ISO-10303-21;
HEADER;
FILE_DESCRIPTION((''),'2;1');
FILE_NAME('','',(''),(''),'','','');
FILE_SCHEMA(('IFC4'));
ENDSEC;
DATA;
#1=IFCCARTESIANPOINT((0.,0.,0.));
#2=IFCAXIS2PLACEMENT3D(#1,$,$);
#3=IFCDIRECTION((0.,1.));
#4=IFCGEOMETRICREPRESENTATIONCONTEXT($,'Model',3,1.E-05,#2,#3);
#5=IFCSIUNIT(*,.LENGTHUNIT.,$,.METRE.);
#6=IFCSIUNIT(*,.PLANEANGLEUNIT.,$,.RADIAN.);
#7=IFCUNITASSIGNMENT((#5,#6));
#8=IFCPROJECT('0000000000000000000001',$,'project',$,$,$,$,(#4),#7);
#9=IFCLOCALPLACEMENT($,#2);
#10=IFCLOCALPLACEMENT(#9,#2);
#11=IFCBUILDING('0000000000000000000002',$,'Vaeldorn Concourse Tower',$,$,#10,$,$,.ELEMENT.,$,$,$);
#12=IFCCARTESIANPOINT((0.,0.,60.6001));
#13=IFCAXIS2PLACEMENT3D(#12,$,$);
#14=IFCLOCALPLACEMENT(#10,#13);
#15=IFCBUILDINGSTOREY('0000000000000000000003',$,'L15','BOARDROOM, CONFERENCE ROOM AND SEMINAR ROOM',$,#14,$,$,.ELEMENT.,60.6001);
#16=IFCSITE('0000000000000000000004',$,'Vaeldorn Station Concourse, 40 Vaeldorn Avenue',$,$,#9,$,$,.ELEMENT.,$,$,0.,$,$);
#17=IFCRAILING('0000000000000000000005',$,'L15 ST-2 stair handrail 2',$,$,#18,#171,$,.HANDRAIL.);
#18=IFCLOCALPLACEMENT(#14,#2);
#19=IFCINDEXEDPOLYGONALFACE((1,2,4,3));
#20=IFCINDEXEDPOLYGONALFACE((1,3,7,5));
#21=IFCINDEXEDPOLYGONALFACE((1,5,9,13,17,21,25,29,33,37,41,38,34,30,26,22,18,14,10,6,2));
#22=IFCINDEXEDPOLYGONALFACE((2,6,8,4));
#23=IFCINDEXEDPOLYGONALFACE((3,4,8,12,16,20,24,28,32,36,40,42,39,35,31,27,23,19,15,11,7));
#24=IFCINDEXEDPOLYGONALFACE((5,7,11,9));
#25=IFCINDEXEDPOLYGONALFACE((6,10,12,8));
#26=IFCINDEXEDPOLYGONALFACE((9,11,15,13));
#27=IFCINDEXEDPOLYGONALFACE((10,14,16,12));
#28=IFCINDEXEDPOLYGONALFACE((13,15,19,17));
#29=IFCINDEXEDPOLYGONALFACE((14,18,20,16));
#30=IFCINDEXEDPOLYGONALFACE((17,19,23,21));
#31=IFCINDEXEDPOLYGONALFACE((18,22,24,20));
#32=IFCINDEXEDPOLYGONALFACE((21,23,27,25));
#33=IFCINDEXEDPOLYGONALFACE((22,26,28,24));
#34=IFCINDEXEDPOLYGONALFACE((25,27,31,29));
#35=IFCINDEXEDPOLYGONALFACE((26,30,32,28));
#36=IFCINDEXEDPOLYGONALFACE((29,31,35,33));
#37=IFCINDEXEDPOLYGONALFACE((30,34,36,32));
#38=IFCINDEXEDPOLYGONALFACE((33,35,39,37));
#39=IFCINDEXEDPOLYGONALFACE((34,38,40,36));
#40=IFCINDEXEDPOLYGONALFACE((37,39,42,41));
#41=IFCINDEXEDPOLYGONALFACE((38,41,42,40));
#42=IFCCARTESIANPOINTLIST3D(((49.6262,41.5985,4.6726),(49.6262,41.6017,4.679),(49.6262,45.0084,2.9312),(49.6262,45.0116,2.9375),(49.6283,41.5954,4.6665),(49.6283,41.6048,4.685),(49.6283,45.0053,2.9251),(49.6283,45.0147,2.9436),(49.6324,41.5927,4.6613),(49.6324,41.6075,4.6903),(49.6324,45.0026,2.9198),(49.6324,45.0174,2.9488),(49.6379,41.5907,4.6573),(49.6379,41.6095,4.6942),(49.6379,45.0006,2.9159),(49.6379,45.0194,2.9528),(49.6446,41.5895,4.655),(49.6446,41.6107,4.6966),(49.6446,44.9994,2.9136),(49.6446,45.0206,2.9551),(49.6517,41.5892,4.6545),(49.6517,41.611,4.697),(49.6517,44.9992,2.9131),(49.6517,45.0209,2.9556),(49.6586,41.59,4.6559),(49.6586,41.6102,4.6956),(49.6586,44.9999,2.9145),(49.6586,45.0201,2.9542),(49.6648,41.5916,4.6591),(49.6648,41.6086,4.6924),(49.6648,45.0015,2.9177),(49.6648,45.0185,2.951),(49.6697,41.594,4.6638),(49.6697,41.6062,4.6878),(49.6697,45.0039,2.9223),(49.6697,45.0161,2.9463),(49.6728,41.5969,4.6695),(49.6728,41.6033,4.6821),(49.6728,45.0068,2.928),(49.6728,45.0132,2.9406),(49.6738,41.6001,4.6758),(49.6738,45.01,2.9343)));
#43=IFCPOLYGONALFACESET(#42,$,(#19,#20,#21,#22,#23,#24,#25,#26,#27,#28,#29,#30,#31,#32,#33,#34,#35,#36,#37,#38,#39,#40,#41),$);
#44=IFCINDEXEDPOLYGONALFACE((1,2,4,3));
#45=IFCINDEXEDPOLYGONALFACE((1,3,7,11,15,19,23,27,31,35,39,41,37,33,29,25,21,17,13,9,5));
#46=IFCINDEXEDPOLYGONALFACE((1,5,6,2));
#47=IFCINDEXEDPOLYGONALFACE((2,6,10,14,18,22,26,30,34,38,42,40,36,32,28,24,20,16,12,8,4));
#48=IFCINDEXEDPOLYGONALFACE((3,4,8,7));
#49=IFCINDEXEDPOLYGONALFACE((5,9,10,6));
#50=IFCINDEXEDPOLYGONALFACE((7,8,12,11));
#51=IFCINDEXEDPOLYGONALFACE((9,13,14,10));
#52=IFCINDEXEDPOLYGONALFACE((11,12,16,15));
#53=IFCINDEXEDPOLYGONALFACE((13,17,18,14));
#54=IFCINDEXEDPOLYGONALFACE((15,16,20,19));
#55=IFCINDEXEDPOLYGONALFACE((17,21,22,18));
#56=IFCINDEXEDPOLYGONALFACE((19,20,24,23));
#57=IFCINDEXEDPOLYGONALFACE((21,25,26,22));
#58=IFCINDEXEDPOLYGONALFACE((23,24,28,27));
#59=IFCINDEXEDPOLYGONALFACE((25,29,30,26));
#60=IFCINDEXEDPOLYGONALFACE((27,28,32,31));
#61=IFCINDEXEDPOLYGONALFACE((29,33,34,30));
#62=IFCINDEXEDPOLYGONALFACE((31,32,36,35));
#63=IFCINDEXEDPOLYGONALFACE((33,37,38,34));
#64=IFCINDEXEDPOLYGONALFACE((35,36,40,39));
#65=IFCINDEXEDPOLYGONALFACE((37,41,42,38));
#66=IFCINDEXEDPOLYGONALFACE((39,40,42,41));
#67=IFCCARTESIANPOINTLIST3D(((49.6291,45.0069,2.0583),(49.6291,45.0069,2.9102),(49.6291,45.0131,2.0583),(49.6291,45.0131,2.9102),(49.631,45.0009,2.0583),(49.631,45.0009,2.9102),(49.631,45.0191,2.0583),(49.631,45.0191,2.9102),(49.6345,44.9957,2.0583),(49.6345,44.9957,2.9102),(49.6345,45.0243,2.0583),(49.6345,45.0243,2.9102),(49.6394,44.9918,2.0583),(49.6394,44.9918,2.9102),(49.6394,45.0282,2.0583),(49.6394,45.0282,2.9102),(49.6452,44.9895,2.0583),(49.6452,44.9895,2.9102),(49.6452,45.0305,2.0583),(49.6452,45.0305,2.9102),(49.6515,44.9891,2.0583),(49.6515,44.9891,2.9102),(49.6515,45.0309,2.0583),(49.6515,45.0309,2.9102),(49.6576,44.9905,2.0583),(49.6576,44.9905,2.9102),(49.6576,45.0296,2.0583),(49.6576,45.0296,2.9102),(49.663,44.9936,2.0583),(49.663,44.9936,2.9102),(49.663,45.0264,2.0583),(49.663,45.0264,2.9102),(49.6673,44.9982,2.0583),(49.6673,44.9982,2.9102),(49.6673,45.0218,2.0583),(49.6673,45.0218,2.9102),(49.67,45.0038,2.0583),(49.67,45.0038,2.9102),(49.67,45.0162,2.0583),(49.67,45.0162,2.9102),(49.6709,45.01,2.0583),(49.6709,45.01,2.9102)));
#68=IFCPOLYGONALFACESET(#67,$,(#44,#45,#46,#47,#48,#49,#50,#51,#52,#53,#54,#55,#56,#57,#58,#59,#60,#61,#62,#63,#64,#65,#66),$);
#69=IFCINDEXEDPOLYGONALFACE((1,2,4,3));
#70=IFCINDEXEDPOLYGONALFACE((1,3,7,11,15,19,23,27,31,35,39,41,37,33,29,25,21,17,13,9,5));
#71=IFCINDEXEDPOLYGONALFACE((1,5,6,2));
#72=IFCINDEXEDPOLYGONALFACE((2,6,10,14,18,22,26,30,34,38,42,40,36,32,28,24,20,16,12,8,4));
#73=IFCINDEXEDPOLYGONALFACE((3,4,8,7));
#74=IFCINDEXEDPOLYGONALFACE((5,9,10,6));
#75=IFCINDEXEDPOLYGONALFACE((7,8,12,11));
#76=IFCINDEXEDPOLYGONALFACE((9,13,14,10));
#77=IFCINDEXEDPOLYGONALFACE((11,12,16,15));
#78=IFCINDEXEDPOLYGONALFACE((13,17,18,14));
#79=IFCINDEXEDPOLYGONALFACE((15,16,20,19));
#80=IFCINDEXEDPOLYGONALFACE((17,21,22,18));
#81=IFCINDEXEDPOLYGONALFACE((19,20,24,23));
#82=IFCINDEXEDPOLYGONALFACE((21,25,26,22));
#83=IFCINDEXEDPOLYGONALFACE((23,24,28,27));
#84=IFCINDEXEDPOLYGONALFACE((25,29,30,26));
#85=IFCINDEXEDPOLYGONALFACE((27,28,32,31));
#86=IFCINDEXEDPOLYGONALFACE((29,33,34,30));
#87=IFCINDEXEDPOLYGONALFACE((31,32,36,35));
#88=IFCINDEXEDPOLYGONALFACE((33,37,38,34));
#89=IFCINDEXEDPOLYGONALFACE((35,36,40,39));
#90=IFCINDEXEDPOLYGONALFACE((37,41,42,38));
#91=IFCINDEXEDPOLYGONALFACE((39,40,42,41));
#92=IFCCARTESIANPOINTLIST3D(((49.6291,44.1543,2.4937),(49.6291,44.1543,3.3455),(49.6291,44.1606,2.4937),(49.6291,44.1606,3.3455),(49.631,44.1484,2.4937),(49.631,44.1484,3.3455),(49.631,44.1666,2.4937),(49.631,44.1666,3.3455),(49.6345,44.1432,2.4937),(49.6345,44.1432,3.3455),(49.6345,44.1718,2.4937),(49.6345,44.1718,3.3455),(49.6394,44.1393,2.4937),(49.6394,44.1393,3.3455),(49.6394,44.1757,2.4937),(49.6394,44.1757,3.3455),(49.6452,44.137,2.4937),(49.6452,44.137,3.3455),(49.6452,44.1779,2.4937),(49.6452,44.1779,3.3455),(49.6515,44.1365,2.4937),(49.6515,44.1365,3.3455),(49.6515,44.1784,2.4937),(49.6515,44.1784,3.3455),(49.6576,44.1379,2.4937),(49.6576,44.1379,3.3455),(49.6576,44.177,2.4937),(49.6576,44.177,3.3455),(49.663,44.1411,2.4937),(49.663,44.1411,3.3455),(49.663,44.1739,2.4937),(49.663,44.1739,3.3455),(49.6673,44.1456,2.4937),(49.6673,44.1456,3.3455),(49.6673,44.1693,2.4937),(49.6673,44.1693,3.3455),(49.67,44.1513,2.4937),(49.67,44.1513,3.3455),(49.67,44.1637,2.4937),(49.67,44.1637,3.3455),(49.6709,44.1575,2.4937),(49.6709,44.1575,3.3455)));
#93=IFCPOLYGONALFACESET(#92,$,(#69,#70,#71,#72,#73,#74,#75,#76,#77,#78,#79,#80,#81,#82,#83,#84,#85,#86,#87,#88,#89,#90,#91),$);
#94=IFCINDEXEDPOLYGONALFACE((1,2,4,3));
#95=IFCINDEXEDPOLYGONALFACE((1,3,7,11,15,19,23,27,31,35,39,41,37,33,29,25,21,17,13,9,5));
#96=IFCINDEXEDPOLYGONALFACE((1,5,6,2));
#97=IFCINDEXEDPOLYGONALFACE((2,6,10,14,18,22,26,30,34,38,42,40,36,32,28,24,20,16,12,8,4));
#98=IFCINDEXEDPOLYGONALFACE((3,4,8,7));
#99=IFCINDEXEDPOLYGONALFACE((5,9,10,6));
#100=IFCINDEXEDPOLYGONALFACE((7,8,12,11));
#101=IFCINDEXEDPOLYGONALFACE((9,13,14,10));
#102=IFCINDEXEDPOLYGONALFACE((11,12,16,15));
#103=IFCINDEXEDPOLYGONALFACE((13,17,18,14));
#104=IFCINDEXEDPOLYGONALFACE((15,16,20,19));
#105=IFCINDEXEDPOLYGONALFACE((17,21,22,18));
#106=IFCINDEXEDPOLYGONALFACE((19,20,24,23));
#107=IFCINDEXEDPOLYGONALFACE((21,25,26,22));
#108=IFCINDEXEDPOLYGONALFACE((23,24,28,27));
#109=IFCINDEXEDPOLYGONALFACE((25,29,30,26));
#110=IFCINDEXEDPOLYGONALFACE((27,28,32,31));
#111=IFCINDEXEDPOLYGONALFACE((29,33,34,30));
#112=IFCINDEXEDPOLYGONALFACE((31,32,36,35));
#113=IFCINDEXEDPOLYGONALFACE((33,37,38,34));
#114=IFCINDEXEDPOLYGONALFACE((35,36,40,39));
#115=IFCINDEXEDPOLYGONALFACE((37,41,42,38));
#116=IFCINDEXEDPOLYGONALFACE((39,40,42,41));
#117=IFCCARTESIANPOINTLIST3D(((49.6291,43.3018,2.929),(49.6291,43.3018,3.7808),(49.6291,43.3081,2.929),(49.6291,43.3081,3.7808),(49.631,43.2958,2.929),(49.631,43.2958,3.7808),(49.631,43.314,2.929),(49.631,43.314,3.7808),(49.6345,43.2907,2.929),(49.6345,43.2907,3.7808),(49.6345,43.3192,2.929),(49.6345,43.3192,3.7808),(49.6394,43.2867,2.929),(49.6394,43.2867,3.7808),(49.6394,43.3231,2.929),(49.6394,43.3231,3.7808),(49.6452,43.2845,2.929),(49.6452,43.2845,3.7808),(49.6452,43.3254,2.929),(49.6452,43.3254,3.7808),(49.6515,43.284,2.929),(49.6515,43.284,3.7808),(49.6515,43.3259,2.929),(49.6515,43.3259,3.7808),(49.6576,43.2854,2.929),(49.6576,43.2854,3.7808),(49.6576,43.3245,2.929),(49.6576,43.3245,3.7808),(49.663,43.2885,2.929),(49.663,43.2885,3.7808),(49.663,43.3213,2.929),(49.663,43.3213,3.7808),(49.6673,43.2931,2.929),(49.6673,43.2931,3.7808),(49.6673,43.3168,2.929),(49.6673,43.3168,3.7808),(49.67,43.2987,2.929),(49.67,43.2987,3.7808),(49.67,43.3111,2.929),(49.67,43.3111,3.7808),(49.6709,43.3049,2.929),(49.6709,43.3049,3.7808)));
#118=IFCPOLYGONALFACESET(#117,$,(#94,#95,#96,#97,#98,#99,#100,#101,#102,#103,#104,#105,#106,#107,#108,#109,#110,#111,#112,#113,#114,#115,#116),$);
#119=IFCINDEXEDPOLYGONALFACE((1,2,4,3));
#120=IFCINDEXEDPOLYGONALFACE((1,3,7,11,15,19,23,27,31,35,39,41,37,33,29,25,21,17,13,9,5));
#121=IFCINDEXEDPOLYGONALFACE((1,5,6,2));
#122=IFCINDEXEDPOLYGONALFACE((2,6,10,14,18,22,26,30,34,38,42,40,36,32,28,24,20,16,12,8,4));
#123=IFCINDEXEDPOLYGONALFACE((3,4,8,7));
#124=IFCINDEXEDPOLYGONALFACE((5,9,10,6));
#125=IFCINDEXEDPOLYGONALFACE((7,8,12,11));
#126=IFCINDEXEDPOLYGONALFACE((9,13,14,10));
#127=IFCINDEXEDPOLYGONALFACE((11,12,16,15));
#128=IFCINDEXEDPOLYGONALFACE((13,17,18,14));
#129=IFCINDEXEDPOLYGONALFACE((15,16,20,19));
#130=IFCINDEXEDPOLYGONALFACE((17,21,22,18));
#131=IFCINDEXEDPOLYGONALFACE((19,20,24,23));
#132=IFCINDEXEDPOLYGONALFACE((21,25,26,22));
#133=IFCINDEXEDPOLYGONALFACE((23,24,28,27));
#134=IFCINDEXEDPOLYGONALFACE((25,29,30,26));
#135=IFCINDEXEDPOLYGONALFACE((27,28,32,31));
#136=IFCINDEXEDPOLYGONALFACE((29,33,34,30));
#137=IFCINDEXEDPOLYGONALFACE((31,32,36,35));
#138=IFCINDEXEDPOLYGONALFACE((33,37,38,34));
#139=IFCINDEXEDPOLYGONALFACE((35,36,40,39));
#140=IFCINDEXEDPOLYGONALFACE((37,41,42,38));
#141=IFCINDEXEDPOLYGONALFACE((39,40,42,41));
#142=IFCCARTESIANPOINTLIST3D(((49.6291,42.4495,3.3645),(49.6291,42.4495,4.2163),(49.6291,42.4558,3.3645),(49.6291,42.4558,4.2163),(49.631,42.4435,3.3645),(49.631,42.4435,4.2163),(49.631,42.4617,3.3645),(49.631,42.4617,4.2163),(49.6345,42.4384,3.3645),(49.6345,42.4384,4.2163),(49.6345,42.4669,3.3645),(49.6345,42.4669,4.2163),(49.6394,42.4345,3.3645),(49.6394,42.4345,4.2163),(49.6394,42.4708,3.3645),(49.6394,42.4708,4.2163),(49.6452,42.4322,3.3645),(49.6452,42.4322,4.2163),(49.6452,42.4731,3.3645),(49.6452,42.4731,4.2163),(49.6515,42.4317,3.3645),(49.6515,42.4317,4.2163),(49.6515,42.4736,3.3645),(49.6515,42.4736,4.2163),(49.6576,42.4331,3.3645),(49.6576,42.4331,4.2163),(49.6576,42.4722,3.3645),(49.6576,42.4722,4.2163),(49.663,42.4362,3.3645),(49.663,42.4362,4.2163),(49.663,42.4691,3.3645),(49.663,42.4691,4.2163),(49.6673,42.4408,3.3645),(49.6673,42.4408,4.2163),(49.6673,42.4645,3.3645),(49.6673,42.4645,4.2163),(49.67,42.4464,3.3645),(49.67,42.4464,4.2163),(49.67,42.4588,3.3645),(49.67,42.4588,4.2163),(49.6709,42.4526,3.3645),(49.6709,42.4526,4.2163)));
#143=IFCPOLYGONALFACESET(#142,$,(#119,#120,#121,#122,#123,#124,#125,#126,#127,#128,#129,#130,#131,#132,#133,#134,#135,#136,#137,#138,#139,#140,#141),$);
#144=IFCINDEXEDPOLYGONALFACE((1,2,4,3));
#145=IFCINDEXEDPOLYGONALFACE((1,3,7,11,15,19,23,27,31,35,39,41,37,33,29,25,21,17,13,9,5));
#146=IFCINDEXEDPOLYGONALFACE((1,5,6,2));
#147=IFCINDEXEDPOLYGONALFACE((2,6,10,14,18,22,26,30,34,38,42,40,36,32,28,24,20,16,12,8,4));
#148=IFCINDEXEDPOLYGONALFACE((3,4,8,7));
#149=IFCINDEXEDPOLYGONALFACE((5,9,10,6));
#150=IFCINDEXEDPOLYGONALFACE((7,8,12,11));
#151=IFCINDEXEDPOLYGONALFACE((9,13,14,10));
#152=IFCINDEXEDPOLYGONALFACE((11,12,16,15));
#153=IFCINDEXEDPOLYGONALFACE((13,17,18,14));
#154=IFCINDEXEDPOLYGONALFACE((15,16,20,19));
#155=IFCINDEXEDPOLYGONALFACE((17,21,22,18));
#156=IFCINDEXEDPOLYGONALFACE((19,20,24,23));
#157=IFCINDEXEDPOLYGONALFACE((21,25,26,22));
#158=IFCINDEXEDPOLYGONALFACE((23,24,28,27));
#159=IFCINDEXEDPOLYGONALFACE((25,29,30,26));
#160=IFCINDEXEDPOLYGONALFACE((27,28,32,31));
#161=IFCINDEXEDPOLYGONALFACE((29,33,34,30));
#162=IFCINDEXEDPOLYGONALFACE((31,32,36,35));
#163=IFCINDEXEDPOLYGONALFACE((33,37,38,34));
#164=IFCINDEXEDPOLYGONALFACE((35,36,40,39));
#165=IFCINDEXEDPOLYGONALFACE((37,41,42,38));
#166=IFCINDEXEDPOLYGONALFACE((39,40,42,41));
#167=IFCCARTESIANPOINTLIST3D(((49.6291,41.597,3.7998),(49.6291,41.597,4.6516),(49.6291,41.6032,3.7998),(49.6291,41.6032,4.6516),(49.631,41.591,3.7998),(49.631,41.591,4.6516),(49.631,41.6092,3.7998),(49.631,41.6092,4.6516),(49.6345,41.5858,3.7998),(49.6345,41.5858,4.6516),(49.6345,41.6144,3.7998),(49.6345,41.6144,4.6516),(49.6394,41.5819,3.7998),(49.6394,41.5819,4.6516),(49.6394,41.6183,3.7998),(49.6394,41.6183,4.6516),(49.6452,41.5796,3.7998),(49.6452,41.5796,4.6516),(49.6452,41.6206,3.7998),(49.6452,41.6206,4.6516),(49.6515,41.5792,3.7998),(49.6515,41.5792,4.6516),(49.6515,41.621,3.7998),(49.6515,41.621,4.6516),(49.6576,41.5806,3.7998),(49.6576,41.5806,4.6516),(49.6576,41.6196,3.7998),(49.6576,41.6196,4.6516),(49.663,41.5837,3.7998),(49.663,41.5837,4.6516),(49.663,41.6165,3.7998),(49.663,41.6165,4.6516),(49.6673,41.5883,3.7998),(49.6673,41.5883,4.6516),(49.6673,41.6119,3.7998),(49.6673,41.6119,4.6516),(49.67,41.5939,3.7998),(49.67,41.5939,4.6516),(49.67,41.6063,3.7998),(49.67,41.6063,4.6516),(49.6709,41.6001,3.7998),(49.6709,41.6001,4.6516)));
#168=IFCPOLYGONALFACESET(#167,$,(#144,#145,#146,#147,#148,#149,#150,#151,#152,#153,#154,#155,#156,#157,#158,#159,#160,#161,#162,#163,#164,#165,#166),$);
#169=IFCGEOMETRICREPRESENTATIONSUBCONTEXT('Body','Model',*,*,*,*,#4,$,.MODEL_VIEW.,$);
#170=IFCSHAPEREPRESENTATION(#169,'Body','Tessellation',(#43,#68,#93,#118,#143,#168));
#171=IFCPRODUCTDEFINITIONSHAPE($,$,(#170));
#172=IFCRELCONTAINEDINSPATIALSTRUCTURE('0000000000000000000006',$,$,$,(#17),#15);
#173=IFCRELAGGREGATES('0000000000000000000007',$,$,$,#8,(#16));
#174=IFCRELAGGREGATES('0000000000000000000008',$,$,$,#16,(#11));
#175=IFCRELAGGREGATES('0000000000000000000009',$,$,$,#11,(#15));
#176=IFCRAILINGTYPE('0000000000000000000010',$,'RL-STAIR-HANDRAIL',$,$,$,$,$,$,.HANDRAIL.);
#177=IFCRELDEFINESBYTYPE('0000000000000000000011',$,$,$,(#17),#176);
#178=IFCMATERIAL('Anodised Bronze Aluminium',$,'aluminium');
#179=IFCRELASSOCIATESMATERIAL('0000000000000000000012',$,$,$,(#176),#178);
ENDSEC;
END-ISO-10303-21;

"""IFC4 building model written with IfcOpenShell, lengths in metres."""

from ifc_helpers import new_model, si_unit, direction, frame, origin, origin_2d, place, context, subcontext, project, spatial, circle, extrude, material, type_object, element, save


model = new_model("IFC4")

# Units and contexts
model_context = context("Model", 3, precision=1e-05, world=origin(), true_north=direction((0.0, 1.0)))
body_context = subcontext(model_context, "Body", "Model", "MODEL_VIEW")
ifc_project = project(units=[si_unit("LENGTHUNIT", "METRE"), si_unit("PLANEANGLEUNIT", "RADIAN")], contexts=[model_context])

# Site, building, storey
site_placement = place(None, origin())
site = spatial("IfcSite", under=ifc_project, at=site_placement, Name="Vaeldorn Station Concourse, 40 Vaeldorn Avenue", CompositionType="ELEMENT", RefElevation=0.0)
building_placement = place(site_placement, origin())
building = spatial("IfcBuilding", under=site, at=building_placement, Name="Vaeldorn Concourse Tower", CompositionType="ELEMENT")
storey_placement = place(building_placement, frame((0.0, 0.0, 60.6001)))
storey = spatial("IfcBuildingStorey", under=building, at=storey_placement, Name="L15", Description="BOARDROOM, CONFERENCE ROOM AND SEMINAR ROOM", CompositionType="ELEMENT", Elevation=60.6001)

# Shared definitions
ifc_material_1 = material(Name="Anodised Bronze Aluminium", Category="aluminium")

# Railing
railing_type_1 = type_object("IfcRailingType", Name="RL-STAIR-HANDRAIL", PredefinedType="HANDRAIL", material=ifc_material_1)
railing_1_placement = place(storey_placement, frame((49.6499, 45.01, 2.0583)))
element("IfcRailing", 1, at=railing_1_placement, inside=storey, type_object=railing_type_1, Name="L15 ST-2 stair handrail 2", PredefinedType="HANDRAIL", context=body_context, shape_type="SweptSolid", body=[
    extrude(circle(Radius=0.0239, at=origin_2d()), frame((0.0, 0.0, 0.876), z_axis=(0.0, -0.890582, 0.454823), x_axis=(1.0, 0.0, 0.0)), (0.0, 0.0, 1.0), 3.8289),
    extrude(circle(Radius=0.021, at=origin_2d()), origin(), (0.0, 0.0, 1.0), 0.8518),
    extrude(circle(Radius=0.021, at=origin_2d()), frame((0.0, -0.8525, 0.4353)), (0.0, 0.0, 1.0), 0.8518),
    extrude(circle(Radius=0.021, at=origin_2d()), frame((0.0, -1.7051, 0.8706)), (0.0, 0.0, 1.0), 0.8518),
    extrude(circle(Radius=0.021, at=origin_2d()), frame((0.0, -2.5574, 1.3062)), (0.0, 0.0, 1.0), 0.8518),
    extrude(circle(Radius=0.021, at=origin_2d()), frame((0.0, -3.4099, 1.7415)), (0.0, 0.0, 1.0), 0.8518),
])

save(model, "model.ifc")
